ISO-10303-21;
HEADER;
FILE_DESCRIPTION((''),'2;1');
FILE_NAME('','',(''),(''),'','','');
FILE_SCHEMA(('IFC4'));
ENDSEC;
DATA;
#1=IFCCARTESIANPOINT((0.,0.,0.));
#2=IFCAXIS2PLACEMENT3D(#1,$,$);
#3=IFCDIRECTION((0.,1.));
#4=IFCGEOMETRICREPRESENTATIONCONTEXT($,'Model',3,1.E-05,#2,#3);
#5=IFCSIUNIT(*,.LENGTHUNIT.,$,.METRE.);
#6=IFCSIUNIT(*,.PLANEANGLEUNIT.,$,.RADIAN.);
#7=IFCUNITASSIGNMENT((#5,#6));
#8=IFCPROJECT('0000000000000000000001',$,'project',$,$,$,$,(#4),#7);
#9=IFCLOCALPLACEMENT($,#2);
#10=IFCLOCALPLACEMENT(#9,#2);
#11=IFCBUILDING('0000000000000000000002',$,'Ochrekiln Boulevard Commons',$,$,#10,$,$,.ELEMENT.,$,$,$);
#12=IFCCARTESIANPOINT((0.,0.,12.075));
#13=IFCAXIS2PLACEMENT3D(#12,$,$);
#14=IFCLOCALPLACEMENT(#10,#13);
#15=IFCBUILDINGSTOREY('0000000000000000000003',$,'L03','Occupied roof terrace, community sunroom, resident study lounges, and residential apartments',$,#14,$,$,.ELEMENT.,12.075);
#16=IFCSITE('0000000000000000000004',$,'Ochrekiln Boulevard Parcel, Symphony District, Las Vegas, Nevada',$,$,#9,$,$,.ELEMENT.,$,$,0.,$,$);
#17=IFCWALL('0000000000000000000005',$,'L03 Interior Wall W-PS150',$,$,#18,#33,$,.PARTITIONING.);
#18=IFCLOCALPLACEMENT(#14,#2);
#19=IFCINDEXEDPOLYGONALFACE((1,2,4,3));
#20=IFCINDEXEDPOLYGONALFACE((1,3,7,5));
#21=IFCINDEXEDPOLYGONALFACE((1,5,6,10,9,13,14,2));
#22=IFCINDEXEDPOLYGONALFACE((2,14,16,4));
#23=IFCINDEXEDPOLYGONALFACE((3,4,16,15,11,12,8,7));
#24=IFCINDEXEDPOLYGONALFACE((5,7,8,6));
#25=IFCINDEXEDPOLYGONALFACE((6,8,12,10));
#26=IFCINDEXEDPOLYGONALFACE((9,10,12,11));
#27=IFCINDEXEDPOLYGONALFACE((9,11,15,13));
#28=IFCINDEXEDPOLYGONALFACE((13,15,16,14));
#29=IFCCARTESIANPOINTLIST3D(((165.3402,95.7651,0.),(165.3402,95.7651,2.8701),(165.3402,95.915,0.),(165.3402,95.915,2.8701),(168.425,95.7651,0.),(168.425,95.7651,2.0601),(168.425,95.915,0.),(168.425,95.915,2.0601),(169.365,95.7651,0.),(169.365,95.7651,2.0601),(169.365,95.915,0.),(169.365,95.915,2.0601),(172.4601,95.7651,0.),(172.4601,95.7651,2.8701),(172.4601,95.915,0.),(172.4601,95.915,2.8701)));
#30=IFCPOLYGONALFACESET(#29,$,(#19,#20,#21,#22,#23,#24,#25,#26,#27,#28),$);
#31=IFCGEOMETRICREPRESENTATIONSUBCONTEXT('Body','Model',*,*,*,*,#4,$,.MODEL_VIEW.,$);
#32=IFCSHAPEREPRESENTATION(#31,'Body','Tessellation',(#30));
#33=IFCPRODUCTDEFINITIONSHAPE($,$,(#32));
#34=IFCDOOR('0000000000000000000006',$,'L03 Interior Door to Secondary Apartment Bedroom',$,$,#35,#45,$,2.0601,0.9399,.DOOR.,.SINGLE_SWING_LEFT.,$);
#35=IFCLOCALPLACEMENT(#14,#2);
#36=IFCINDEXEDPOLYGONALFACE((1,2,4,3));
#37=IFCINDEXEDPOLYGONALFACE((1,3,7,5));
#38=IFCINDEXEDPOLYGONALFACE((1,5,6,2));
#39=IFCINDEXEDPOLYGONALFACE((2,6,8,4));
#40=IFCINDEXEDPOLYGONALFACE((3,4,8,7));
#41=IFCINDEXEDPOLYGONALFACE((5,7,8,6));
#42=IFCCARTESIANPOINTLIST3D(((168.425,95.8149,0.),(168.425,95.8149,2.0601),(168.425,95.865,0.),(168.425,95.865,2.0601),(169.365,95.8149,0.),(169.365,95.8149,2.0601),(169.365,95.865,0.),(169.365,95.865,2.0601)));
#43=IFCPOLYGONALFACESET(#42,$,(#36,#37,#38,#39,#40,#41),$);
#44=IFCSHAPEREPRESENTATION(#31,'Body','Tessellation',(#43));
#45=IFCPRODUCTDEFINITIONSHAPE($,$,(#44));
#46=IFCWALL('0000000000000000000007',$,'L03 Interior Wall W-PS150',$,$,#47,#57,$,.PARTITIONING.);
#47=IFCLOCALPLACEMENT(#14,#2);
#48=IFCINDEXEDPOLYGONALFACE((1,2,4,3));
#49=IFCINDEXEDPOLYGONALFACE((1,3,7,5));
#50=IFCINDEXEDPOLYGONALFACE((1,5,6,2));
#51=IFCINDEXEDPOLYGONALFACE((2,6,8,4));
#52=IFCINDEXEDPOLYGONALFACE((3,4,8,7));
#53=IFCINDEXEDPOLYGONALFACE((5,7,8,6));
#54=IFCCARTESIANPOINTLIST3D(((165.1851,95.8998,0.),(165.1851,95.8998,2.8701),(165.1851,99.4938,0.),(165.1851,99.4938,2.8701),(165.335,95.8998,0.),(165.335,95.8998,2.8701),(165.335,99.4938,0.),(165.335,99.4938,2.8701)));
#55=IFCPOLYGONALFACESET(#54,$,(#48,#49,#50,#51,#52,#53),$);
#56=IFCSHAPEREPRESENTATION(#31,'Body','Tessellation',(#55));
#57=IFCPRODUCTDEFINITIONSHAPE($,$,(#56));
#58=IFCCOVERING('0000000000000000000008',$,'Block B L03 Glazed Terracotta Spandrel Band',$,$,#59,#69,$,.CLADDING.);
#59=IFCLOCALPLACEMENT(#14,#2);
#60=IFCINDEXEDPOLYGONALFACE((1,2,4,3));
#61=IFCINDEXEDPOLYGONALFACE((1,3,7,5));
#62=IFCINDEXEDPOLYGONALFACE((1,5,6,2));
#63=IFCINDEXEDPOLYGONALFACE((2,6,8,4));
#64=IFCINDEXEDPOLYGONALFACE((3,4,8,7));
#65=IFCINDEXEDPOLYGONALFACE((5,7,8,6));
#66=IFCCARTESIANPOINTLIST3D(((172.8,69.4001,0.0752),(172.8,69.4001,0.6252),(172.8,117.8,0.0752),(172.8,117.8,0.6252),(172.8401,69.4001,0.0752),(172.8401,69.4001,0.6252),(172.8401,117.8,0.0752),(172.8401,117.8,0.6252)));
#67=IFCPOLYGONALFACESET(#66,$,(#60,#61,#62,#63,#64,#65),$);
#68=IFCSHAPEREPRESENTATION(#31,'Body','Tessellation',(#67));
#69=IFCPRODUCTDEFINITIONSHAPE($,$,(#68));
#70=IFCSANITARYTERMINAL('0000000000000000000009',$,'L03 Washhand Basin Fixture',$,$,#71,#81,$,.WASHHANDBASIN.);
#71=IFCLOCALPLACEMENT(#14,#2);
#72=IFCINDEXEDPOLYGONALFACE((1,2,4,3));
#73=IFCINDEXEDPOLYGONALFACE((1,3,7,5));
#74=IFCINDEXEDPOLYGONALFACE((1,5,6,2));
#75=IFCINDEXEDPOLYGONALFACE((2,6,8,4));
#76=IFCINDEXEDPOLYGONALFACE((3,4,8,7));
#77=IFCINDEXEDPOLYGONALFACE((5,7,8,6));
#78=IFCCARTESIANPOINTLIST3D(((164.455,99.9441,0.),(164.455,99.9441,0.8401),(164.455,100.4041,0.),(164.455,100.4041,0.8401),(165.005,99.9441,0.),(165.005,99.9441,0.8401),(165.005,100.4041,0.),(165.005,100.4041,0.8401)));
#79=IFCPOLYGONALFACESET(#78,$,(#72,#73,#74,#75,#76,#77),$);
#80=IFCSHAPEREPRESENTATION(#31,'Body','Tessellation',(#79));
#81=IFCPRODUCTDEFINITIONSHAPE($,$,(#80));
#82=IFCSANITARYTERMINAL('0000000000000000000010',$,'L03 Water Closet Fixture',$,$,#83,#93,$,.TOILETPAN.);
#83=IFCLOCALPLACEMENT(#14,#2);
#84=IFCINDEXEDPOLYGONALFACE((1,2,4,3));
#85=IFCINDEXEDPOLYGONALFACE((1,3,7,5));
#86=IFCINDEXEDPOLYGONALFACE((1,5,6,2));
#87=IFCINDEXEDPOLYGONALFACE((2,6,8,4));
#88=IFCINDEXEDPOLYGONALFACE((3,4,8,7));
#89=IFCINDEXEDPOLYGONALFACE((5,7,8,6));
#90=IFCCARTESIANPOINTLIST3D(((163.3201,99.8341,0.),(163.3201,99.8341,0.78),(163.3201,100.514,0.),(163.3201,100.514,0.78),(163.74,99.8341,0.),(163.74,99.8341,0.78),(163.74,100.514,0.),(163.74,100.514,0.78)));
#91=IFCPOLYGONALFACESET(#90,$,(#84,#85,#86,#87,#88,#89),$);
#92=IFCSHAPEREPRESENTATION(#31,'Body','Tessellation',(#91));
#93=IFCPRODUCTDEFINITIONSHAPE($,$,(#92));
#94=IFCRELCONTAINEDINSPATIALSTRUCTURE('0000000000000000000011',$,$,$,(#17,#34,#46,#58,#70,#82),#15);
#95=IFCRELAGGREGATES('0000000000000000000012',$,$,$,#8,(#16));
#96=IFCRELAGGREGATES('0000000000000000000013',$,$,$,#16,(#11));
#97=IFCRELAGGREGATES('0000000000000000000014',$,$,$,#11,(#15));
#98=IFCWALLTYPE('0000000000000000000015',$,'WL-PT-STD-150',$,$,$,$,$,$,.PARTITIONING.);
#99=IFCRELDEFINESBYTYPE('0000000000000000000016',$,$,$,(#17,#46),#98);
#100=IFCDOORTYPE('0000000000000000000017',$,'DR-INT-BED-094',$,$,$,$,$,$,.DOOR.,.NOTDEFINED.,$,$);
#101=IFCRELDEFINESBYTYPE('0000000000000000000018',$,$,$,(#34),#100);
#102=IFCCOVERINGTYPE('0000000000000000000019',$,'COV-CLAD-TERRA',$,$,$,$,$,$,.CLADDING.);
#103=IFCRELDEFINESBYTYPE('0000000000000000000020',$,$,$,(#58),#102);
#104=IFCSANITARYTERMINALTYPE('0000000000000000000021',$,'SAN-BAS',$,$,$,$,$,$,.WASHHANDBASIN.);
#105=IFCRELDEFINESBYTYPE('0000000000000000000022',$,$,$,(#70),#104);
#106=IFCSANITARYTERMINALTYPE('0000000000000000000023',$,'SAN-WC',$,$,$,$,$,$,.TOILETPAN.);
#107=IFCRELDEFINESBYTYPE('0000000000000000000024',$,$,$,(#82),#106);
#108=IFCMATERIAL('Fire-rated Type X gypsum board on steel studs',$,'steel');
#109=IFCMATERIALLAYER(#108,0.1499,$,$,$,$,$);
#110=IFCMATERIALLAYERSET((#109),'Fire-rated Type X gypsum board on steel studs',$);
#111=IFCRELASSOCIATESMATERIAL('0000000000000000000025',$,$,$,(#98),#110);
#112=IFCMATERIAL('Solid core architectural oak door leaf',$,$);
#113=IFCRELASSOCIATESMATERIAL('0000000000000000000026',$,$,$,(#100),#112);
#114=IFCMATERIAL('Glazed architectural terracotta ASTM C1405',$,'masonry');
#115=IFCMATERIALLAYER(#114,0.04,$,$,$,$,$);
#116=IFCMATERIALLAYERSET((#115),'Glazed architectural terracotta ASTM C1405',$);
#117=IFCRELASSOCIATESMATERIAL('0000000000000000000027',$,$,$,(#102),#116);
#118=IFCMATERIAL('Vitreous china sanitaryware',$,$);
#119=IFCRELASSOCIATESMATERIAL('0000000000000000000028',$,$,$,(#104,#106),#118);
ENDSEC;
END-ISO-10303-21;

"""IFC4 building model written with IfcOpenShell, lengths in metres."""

from ifc_helpers import new_model, si_unit, direction, frame, frame_2d, origin, origin_2d, place, context, subcontext, project, spatial, rectangle, extrude, material, layer, layer_set, type_object, element, fill, save


model = new_model("IFC4")

# Units and contexts
model_context = context("Model", 3, precision=1e-05, world=origin(), true_north=direction((0.0, 1.0)))
body_context = subcontext(model_context, "Body", "Model", "MODEL_VIEW")
ifc_project = project(units=[si_unit("LENGTHUNIT", "METRE"), si_unit("PLANEANGLEUNIT", "RADIAN")], contexts=[model_context])

# Site, building, storey
site_placement = place(None, origin())
site = spatial("IfcSite", under=ifc_project, at=site_placement, Name="Ochrekiln Boulevard Parcel, Symphony District, Las Vegas, Nevada", CompositionType="ELEMENT", RefElevation=0.0)
building_placement = place(site_placement, origin())
building = spatial("IfcBuilding", under=site, at=building_placement, Name="Ochrekiln Boulevard Commons", CompositionType="ELEMENT")
storey_placement = place(building_placement, frame((0.0, 0.0, 12.075)))
storey = spatial("IfcBuildingStorey", under=building, at=storey_placement, Name="L03", Description="Occupied roof terrace, community sunroom, resident study lounges, and residential apartments", CompositionType="ELEMENT", Elevation=12.075)

# Shared definitions
ifc_material_1 = material(Name="Fire-rated Type X gypsum board on steel studs", Category="steel")

# Wall, opening, door
ifc_material_2 = material(Name="Solid core architectural oak door leaf")
ifc_layer_1 = layer(ifc_material_1, 0.1499)
ifc_layer_set_1 = layer_set([ifc_layer_1], Name="Fire-rated Type X gypsum board on steel studs")
wall_type_1 = type_object("IfcWallType", Name="WL-PT-STD-150", PredefinedType="PARTITIONING", material=ifc_layer_set_1)
wall_1_placement = place(storey_placement, frame((165.3401, 95.8401, 0.0), z_axis=(0.0, 0.0, 1.0), x_axis=(1.0, 0.0, 0.0)))
wall_1 = element("IfcWall", 1, at=wall_1_placement, inside=storey, type_object=wall_type_1, Name="L03 Interior Wall W-PS150", PredefinedType="PARTITIONING", context=body_context, shape_type="SweptSolid", body=[
    extrude(rectangle(XDim=7.1199, YDim=0.1499, at=frame_2d((3.5601, 0.0))), origin(), (0.0, 0.0, 1.0), 2.8701),
])
opening_1_placement = place(wall_1_placement, frame((3.085, 0.0, 0.0)))
opening_1 = element("IfcOpeningElement", 2, at=opening_1_placement, cuts=wall_1, PredefinedType="OPENING", context=body_context, shape_type="SweptSolid", body=[
    extrude(rectangle(XDim=0.9399, YDim=2.0601, at=frame_2d((0.47, 1.03))), frame((0.0, 0.085, 0.0), z_axis=(0.0, -1.0, 0.0), x_axis=(1.0, 0.0, 0.0)), (0.0, 0.0, 1.0), 0.1699),
])
door_type_1 = type_object("IfcDoorType", Name="DR-INT-BED-094", OperationType="NOTDEFINED", PredefinedType="DOOR", material=ifc_material_2)
door_1_placement = place(opening_1_placement, origin())
door_1 = element("IfcDoor", 3, at=door_1_placement, inside=storey, type_object=door_type_1, Name="L03 Interior Door to Secondary Apartment Bedroom", OperationType="SINGLE_SWING_LEFT", OverallHeight=2.0601, OverallWidth=0.9399, PredefinedType="DOOR", context=body_context, shape_type="SweptSolid", body=[
    extrude(rectangle(XDim=0.9399, YDim=2.0601, at=frame_2d((0.47, 1.03))), frame((0.0, 0.0249, 0.0), z_axis=(0.0, -1.0, 0.0), x_axis=(1.0, 0.0, 0.0)), (0.0, 0.0, 1.0), 0.05),
])
fill(opening_1, door_1)

# Wall
wall_2_placement = place(storey_placement, frame((165.26, 95.8999, 0.0), z_axis=(0.0, 0.0, 1.0), x_axis=(0.0, 1.0, 0.0)))
element("IfcWall", 4, at=wall_2_placement, inside=storey, type_object=wall_type_1, Name="L03 Interior Wall W-PS150", PredefinedType="PARTITIONING", context=body_context, shape_type="SweptSolid", body=[
    extrude(rectangle(XDim=3.594, YDim=0.1499, at=frame_2d((1.7969, 0.0))), origin(), (0.0, 0.0, 1.0), 2.8701),
])

# Covering
ifc_material_3 = material(Name="Glazed architectural terracotta ASTM C1405", Category="masonry")
ifc_layer_2 = layer(ifc_material_3, 0.04)
ifc_layer_set_2 = layer_set([ifc_layer_2], Name="Glazed architectural terracotta ASTM C1405")
covering_type = type_object("IfcCoveringType", Name="COV-CLAD-TERRA", PredefinedType="CLADDING", material=ifc_layer_set_2)
covering_placement = place(storey_placement, frame((172.8201, 93.6001, 0.0752), z_axis=(0.0, 0.0, 1.0), x_axis=(1.0, 0.0, 0.0)))
element("IfcCovering", 5, at=covering_placement, inside=storey, type_object=covering_type, Name="Block B L03 Glazed Terracotta Spandrel Band", PredefinedType="CLADDING", context=body_context, shape_type="SweptSolid", body=[
    extrude(rectangle(XDim=0.04, YDim=48.3999, at=origin_2d()), origin(), (0.0, 0.0, 1.0), 0.55),
])

# Sanitary terminals
ifc_material_4 = material(Name="Vitreous china sanitaryware")
sanitary_terminal_type_1 = type_object("IfcSanitaryTerminalType", Name="SAN-BAS", PredefinedType="WASHHANDBASIN", material=ifc_material_4)
sanitary_terminal_1_placement = place(storey_placement, frame((164.73, 100.1741, 0.0), z_axis=(0.0, 0.0, 1.0), x_axis=(1.0, 0.0, 0.0)))
element("IfcSanitaryTerminal", 6, at=sanitary_terminal_1_placement, inside=storey, type_object=sanitary_terminal_type_1, Name="L03 Washhand Basin Fixture", PredefinedType="WASHHANDBASIN", context=body_context, shape_type="SweptSolid", body=[
    extrude(rectangle(XDim=0.55, YDim=0.46, at=origin_2d()), origin(), (0.0, 0.0, 1.0), 0.8401),
])
sanitary_terminal_type_2 = type_object("IfcSanitaryTerminalType", Name="SAN-WC", PredefinedType="TOILETPAN", material=ifc_material_4)
sanitary_terminal_2_placement = place(storey_placement, frame((163.53, 100.1741, 0.0), z_axis=(0.0, 0.0, 1.0), x_axis=(1.0, 0.0, 0.0)))
element("IfcSanitaryTerminal", 7, at=sanitary_terminal_2_placement, inside=storey, type_object=sanitary_terminal_type_2, Name="L03 Water Closet Fixture", PredefinedType="TOILETPAN", context=body_context, shape_type="SweptSolid", body=[
    extrude(rectangle(XDim=0.4199, YDim=0.6799, at=origin_2d()), origin(), (0.0, 0.0, 1.0), 0.78),
])

save(model, "model.ifc")
